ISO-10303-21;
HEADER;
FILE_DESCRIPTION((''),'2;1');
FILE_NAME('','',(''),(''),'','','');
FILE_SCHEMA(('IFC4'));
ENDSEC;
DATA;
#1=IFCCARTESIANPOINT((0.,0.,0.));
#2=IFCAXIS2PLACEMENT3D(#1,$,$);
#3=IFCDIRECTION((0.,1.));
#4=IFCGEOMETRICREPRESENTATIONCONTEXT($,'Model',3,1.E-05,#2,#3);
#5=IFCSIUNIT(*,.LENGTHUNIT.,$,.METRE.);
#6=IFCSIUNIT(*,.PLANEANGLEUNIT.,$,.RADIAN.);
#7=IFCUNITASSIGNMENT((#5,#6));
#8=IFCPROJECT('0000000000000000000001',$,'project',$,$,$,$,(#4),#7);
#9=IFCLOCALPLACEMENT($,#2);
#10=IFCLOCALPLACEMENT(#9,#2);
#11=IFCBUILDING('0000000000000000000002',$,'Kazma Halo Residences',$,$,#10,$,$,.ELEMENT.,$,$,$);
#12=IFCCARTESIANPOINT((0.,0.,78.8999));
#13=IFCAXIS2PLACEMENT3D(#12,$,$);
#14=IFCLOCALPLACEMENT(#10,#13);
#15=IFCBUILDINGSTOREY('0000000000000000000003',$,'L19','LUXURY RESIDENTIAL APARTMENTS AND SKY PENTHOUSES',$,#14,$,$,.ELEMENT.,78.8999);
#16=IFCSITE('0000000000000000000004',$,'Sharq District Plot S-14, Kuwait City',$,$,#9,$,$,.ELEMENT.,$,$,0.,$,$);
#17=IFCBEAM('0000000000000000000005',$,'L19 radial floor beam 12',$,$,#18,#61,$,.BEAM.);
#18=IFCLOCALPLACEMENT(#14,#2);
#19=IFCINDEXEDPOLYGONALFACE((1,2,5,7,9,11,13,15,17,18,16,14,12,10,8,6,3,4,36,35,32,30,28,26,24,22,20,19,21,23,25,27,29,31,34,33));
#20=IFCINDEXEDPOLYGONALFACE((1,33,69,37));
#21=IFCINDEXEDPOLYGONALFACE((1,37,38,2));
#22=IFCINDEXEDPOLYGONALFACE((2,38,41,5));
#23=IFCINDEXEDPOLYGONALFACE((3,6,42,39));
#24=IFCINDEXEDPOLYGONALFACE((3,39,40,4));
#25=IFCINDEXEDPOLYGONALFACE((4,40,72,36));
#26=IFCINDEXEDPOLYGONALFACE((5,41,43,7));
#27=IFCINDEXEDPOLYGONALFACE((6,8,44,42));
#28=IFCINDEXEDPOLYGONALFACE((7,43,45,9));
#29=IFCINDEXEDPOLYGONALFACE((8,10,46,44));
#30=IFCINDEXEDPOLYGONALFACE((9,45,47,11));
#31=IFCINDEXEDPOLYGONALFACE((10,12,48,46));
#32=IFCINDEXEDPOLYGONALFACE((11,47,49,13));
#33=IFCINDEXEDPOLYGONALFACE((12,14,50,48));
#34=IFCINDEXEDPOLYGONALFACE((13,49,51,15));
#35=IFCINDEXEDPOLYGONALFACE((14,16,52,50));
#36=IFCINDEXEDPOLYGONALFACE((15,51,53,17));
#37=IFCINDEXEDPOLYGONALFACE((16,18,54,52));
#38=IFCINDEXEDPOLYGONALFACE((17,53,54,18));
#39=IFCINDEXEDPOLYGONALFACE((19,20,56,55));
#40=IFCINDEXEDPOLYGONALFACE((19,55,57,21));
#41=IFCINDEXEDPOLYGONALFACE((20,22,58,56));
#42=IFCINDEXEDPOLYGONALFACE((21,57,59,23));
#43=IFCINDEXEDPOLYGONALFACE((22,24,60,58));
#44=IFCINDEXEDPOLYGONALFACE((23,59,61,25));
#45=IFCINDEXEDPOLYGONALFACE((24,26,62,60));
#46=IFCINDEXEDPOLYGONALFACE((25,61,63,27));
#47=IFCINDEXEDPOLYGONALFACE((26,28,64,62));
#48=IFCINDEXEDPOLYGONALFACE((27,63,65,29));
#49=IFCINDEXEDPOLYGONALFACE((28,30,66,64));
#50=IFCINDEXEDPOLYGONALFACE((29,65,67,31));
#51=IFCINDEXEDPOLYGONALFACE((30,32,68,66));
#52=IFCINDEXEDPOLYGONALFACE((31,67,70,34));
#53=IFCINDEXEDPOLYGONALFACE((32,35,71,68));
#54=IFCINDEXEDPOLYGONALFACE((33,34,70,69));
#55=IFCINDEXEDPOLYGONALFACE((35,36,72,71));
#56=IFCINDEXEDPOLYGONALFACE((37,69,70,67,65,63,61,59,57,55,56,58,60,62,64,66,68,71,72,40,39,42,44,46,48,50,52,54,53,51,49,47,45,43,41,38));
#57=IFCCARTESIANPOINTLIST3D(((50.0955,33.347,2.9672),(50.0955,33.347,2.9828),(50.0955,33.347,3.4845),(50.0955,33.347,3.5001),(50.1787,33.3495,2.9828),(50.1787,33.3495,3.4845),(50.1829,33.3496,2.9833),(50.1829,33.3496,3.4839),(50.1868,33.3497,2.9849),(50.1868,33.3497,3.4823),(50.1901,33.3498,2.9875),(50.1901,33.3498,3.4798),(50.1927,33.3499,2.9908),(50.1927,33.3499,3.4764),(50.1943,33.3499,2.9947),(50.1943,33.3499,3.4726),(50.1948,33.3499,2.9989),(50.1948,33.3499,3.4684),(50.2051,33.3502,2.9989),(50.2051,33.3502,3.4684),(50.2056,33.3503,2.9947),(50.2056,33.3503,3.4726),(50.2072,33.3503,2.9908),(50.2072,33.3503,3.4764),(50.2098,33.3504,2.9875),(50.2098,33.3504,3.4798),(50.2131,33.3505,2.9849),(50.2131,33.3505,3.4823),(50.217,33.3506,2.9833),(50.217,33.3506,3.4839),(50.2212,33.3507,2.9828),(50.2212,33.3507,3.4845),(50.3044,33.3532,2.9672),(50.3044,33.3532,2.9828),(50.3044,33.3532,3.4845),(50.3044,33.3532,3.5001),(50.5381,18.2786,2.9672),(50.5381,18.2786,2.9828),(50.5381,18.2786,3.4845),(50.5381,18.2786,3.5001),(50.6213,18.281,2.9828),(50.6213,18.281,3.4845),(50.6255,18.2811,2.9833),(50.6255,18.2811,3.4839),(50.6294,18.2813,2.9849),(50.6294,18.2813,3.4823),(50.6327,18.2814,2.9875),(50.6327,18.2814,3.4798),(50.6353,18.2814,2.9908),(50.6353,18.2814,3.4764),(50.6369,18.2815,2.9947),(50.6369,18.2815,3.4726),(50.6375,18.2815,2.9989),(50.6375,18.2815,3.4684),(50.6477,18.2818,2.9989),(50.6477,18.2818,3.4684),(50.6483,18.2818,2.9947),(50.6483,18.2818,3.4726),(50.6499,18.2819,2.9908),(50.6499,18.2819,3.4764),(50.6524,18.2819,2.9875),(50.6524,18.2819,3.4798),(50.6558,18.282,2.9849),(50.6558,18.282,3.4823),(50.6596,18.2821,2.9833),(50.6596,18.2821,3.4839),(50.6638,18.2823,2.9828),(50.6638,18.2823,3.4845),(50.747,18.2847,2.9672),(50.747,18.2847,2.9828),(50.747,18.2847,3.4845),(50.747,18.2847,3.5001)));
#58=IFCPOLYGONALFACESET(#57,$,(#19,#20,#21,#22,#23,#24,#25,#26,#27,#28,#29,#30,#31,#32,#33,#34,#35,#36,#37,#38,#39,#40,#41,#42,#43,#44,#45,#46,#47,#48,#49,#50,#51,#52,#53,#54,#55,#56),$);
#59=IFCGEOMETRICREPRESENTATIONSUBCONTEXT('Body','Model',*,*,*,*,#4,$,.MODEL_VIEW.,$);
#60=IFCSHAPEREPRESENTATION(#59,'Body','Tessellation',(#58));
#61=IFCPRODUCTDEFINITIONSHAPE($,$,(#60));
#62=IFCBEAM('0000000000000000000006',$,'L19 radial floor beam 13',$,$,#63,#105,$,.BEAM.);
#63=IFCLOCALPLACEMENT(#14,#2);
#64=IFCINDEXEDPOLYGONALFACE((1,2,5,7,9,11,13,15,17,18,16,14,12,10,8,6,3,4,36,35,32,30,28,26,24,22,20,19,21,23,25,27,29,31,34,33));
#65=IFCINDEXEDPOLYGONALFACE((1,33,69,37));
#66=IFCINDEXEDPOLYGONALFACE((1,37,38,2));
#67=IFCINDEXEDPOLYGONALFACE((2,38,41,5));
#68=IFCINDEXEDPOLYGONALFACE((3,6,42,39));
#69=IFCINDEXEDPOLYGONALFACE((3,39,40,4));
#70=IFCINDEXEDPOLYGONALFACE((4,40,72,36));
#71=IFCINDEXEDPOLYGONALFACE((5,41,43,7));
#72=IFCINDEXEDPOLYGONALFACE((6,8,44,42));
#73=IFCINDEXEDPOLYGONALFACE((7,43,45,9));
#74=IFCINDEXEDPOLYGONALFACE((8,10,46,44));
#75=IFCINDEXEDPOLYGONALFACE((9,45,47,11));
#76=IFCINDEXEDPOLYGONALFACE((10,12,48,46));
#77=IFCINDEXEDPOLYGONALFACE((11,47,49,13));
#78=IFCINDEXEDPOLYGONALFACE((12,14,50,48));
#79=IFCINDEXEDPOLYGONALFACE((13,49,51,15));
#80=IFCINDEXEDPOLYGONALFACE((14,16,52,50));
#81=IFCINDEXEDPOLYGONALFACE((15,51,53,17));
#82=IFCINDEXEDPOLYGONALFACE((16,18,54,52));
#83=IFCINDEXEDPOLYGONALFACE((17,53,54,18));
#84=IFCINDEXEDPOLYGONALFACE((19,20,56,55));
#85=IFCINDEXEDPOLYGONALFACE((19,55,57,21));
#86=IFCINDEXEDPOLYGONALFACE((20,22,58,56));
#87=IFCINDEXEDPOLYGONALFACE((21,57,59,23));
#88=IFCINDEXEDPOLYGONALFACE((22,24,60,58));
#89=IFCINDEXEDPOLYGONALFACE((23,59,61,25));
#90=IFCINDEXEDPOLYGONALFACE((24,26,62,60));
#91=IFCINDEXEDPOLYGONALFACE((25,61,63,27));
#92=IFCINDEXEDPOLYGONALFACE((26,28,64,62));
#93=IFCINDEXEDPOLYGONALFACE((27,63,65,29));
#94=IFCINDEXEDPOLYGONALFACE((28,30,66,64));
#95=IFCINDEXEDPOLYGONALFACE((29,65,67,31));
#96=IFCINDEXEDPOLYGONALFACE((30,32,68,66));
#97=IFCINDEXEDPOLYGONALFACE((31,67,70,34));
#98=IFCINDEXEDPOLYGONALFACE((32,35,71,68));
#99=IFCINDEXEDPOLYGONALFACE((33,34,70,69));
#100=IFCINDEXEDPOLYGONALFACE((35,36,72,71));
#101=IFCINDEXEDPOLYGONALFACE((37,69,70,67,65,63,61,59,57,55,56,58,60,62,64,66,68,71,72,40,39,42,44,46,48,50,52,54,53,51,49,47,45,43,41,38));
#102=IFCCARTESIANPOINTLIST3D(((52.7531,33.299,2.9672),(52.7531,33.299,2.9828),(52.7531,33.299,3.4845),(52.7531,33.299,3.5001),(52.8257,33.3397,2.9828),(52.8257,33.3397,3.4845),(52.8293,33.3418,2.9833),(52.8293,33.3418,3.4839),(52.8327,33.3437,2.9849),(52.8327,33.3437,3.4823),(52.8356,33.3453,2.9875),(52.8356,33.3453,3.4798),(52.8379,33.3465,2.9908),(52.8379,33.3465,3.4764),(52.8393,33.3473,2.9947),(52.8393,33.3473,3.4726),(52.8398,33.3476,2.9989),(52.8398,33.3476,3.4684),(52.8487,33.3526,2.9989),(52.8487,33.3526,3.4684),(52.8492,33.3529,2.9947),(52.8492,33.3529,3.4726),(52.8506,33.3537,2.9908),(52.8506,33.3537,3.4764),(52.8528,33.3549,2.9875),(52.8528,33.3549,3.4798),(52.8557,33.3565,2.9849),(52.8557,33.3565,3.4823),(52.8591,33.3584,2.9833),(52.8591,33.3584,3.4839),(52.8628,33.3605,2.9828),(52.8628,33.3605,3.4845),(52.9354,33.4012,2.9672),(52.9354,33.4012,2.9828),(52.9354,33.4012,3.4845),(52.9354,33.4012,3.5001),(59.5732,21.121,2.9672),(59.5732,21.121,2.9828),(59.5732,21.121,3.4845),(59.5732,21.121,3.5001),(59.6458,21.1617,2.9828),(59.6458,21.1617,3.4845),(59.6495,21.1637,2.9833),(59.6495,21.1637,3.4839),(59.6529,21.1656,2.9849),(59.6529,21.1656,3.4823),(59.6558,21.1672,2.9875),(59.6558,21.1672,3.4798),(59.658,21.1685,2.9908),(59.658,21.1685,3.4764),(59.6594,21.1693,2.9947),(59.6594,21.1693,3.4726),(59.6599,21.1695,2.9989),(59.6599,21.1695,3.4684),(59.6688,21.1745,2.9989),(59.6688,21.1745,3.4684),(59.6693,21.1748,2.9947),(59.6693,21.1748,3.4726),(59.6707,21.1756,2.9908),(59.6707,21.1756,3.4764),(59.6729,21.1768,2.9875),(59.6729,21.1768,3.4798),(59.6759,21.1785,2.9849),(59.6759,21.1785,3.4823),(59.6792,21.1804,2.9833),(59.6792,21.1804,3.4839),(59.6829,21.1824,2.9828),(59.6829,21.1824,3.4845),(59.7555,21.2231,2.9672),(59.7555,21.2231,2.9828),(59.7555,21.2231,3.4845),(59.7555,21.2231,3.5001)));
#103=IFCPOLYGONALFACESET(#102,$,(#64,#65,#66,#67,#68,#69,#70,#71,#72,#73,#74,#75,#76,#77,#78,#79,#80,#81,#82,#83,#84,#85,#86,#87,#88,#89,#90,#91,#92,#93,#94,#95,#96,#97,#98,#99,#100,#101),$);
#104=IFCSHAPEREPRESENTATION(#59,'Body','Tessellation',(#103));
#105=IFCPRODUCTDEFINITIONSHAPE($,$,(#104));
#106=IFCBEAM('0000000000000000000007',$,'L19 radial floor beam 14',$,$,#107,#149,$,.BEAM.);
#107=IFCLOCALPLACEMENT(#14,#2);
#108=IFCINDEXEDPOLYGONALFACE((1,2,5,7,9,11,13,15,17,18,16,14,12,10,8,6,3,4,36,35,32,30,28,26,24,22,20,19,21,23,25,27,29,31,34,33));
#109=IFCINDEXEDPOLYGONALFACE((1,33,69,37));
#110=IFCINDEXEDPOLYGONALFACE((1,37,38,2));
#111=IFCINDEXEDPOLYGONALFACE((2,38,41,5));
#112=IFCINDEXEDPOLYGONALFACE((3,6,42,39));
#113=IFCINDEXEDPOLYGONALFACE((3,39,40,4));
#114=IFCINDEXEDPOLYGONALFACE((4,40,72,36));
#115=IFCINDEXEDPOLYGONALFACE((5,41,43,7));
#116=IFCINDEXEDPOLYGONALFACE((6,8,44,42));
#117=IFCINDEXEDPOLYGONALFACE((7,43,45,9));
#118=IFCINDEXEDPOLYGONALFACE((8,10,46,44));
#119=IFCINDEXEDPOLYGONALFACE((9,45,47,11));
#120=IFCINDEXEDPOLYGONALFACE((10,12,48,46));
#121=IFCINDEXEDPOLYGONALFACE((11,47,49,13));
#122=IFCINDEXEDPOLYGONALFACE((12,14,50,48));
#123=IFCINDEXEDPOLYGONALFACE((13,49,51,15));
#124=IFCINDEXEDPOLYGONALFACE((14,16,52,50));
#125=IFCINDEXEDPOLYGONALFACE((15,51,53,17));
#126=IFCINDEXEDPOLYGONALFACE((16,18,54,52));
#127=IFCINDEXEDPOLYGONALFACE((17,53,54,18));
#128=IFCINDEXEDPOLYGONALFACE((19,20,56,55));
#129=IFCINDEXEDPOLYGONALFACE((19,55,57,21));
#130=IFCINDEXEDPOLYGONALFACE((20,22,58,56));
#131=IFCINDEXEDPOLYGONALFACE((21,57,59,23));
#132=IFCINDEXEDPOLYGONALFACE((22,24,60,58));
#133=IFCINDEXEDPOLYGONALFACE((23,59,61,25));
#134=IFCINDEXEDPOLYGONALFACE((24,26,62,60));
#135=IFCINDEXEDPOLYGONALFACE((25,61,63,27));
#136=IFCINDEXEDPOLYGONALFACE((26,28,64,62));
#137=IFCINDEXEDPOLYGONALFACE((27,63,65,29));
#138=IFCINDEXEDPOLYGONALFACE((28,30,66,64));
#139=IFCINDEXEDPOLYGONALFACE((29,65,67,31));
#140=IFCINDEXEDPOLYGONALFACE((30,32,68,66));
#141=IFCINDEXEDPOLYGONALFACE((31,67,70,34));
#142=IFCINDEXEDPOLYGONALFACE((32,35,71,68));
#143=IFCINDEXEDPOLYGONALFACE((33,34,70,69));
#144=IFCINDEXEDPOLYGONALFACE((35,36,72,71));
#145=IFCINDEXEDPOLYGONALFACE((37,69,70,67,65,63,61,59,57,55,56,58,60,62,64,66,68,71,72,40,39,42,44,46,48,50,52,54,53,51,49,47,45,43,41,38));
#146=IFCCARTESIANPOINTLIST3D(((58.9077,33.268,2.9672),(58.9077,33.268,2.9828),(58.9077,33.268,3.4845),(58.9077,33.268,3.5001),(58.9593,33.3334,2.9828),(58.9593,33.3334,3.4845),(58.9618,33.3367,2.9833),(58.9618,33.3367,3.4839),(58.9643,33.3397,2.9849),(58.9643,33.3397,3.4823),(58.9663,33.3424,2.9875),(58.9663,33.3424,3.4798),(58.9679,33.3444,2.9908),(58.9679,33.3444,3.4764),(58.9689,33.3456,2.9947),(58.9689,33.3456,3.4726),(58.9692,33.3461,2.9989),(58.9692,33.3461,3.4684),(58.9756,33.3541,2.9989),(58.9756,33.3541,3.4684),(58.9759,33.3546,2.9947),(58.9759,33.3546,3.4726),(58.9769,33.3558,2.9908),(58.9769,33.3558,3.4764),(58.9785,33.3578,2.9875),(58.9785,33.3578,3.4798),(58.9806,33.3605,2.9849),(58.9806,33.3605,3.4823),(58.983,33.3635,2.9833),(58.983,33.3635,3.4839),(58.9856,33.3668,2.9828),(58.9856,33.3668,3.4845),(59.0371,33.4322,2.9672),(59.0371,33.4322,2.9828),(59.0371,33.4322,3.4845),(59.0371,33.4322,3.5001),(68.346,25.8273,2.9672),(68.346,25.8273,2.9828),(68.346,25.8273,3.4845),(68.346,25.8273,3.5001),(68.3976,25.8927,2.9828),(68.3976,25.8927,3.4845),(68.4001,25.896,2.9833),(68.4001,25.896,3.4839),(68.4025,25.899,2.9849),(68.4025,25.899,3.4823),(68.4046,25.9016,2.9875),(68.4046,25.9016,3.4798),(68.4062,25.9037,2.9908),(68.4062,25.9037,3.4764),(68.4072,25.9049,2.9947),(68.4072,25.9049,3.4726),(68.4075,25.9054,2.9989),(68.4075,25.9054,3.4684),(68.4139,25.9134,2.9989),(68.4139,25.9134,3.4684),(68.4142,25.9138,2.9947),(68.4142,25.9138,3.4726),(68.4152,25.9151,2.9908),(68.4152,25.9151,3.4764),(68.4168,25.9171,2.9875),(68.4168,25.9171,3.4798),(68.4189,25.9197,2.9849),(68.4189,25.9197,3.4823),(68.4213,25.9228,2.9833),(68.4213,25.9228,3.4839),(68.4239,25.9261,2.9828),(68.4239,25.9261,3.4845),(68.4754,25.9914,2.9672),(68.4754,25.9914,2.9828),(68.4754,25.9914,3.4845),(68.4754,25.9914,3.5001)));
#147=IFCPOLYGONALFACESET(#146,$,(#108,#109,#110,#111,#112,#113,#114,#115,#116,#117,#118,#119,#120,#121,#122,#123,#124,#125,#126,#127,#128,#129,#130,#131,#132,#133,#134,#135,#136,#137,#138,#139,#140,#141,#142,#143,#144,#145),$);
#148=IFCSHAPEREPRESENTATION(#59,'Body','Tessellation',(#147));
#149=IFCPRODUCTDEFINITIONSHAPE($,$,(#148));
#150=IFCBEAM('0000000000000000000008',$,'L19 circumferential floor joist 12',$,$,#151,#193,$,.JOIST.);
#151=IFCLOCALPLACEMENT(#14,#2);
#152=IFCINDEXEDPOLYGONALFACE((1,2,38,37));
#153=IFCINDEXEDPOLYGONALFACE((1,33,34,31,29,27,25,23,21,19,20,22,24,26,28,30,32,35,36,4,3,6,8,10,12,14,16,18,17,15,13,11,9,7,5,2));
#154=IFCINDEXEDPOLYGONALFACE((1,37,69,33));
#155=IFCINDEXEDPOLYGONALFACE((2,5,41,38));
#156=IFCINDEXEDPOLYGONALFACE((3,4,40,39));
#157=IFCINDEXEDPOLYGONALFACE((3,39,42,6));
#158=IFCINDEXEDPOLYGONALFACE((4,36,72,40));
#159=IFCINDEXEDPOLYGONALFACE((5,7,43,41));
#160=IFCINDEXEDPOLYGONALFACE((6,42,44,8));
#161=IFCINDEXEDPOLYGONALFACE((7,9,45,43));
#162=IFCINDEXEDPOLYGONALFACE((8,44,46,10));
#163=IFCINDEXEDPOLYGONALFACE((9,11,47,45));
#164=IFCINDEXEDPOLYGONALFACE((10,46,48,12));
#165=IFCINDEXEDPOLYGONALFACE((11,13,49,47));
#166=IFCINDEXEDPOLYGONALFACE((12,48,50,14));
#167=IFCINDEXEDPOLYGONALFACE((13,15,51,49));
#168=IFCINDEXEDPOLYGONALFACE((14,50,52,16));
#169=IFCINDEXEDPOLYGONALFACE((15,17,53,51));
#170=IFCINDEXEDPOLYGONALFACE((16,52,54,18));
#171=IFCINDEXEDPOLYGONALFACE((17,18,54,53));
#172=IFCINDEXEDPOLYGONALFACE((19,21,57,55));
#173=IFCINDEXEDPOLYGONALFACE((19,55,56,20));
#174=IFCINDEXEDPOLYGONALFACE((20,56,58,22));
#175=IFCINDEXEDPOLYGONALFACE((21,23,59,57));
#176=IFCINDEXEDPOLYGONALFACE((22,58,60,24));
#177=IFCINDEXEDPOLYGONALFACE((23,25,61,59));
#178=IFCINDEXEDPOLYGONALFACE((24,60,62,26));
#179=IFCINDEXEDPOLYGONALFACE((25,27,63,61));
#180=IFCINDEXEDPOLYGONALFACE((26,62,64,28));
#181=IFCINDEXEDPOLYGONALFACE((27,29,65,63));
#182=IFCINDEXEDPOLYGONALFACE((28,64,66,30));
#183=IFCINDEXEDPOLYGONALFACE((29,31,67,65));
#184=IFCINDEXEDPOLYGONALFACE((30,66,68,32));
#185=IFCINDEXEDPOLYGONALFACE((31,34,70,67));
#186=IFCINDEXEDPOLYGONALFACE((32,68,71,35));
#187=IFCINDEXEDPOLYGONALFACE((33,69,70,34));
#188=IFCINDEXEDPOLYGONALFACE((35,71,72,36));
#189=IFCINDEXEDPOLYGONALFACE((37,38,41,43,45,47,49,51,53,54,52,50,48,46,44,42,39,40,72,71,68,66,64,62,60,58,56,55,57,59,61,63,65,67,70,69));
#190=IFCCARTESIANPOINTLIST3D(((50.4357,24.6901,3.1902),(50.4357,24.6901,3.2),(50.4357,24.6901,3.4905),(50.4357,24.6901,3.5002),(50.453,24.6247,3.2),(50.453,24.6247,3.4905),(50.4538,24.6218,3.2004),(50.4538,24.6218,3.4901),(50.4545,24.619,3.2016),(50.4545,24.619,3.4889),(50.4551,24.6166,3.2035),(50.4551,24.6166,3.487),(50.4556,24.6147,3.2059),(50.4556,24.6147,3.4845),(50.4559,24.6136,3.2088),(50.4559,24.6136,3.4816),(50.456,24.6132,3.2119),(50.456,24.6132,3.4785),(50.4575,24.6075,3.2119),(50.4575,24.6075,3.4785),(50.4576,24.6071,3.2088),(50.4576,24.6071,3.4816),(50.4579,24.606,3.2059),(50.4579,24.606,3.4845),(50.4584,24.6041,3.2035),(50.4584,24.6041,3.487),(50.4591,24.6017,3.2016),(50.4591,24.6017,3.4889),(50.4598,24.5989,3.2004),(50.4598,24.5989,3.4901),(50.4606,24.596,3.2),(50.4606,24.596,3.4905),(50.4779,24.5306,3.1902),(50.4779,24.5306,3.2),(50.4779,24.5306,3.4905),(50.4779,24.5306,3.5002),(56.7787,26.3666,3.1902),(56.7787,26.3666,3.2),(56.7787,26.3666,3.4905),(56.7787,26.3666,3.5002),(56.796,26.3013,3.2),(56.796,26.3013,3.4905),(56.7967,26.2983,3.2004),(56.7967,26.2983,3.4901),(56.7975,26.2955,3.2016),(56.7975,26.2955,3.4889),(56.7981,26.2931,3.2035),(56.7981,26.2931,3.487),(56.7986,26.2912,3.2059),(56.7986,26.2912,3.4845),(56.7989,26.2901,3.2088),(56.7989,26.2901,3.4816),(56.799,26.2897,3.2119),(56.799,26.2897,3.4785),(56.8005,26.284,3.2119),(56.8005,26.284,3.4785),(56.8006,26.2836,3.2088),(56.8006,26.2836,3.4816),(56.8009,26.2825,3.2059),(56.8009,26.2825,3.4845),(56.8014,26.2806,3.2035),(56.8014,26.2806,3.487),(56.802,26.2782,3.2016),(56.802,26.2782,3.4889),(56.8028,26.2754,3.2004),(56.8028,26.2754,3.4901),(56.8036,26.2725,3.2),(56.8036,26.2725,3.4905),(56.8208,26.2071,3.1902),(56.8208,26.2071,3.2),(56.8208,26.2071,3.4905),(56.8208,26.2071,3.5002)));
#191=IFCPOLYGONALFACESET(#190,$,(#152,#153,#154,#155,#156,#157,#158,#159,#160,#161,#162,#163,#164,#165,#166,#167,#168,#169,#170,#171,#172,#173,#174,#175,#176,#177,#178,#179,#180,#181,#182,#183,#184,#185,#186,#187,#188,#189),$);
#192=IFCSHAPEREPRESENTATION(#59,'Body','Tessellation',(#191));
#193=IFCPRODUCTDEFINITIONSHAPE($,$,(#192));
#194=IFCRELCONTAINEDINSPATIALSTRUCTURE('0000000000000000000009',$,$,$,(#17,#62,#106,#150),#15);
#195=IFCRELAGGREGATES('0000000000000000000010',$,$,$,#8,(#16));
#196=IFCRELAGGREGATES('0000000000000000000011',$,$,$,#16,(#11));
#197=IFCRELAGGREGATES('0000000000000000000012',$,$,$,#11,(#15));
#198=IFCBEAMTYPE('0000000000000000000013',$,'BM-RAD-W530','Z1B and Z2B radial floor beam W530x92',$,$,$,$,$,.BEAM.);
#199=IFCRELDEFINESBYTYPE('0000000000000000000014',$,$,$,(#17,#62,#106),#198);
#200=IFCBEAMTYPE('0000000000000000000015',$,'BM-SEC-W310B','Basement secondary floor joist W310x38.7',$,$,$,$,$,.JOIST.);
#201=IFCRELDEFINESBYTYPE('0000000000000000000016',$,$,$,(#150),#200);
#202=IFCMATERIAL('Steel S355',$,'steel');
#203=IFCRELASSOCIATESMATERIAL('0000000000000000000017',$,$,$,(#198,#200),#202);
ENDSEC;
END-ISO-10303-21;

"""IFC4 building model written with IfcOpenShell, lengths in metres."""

from ifc_helpers import new_model, si_unit, direction, frame, origin, origin_2d, place, context, subcontext, project, spatial, i_section, extrude, material, material_profile, profile_set, type_object, element, save


model = new_model("IFC4")

# Units and contexts
model_context = context("Model", 3, precision=1e-05, world=origin(), true_north=direction((0.0, 1.0)))
body_context = subcontext(model_context, "Body", "Model", "MODEL_VIEW")
ifc_project = project(units=[si_unit("LENGTHUNIT", "METRE"), si_unit("PLANEANGLEUNIT", "RADIAN")], contexts=[model_context])

# Site, building, storey
site_placement = place(None, origin())
site = spatial("IfcSite", under=ifc_project, at=site_placement, Name="Sharq District Plot S-14, Kuwait City", CompositionType="ELEMENT", RefElevation=0.0)
building_placement = place(site_placement, origin())
building = spatial("IfcBuilding", under=site, at=building_placement, Name="Kazma Halo Residences", CompositionType="ELEMENT")
storey_placement = place(building_placement, frame((0.0, 0.0, 78.8999)))
storey = spatial("IfcBuildingStorey", under=building, at=storey_placement, Name="L19", Description="LUXURY RESIDENTIAL APARTMENTS AND SKY PENTHOUSES", CompositionType="ELEMENT", Elevation=78.8999)

# Beams
ifc_material_1 = material(Name="Steel S355", Category="steel")
ifc_material_profile_1 = material_profile(ifc_material_1, i_section(OverallWidth=0.209, OverallDepth=0.533, WebThickness=0.0103, FlangeThickness=0.0156, FilletRadius=0.0161, at=origin_2d()), Name="W530x92")
ifc_profile_set_1 = profile_set([ifc_material_profile_1], Name="Steel S355")
beam_type_1 = type_object("IfcBeamType", Name="BM-RAD-W530", Description="Z1B and Z2B radial floor beam W530x92", PredefinedType="BEAM", material=ifc_profile_set_1)
beam_1_placement = place(storey_placement, frame((50.2, 33.3501, 3.2336), z_axis=(0.029362, -0.999569, 0.0), x_axis=(0.999569, 0.029362, 0.0)))
element("IfcBeam", 1, at=beam_1_placement, inside=storey, type_object=beam_type_1, Name="L19 radial floor beam 12", PredefinedType="BEAM", context=body_context, shape_type="SweptSolid", body=[
    extrude(i_section(OverallWidth=0.209, OverallDepth=0.533, WebThickness=0.0103, FlangeThickness=0.0156, FilletRadius=0.0161, at=origin_2d()), origin(), (0.0, 0.0, 1.0), 15.075),
])
beam_2_placement = place(storey_placement, frame((52.8442, 33.3501, 3.2336), z_axis=(0.488625, -0.872494, 0.0), x_axis=(0.872494, 0.488625, 0.0)))
element("IfcBeam", 2, at=beam_2_placement, inside=storey, type_object=beam_type_1, Name="L19 radial floor beam 13", PredefinedType="BEAM", context=body_context, shape_type="SweptSolid", body=[
    extrude(i_section(OverallWidth=0.209, OverallDepth=0.533, WebThickness=0.0103, FlangeThickness=0.0156, FilletRadius=0.0161, at=origin_2d()), origin(), (0.0, 0.0, 1.0), 13.9578),
])
beam_3_placement = place(storey_placement, frame((58.9724, 33.3501, 3.2336), z_axis=(0.78531, -0.619103, 0.0), x_axis=(0.619103, 0.78531, 0.0)))
element("IfcBeam", 3, at=beam_3_placement, inside=storey, type_object=beam_type_1, Name="L19 radial floor beam 14", PredefinedType="BEAM", context=body_context, shape_type="SweptSolid", body=[
    extrude(i_section(OverallWidth=0.209, OverallDepth=0.533, WebThickness=0.0103, FlangeThickness=0.0156, FilletRadius=0.0161, at=origin_2d()), origin(), (0.0, 0.0, 1.0), 12.0186),
])
ifc_material_profile_2 = material_profile(ifc_material_1, i_section(OverallWidth=0.165, OverallDepth=0.3101, WebThickness=0.0059, FlangeThickness=0.0098, FilletRadius=0.012, at=origin_2d()), Name="W310x38.7")
ifc_profile_set_2 = profile_set([ifc_material_profile_2], Name="Steel S355")
beam_type_2 = type_object("IfcBeamType", Name="BM-SEC-W310B", Description="Basement secondary floor joist W310x38.7", PredefinedType="JOIST", material=ifc_profile_set_2)
beam_4_placement = place(storey_placement, frame((50.4568, 24.6104, 3.3452), z_axis=(0.9668, 0.255534, 0.0), x_axis=(-0.255534, 0.9668, 0.0)))
element("IfcBeam", 4, at=beam_4_placement, inside=storey, type_object=beam_type_2, Name="L19 circumferential floor joist 12", PredefinedType="JOIST", context=body_context, shape_type="SweptSolid", body=[
    extrude(i_section(OverallWidth=0.165, OverallDepth=0.3101, WebThickness=0.0059, FlangeThickness=0.0098, FilletRadius=0.012, at=origin_2d()), origin(), (0.0, 0.0, 1.0), 6.5608),
])

save(model, "model.ifc")
